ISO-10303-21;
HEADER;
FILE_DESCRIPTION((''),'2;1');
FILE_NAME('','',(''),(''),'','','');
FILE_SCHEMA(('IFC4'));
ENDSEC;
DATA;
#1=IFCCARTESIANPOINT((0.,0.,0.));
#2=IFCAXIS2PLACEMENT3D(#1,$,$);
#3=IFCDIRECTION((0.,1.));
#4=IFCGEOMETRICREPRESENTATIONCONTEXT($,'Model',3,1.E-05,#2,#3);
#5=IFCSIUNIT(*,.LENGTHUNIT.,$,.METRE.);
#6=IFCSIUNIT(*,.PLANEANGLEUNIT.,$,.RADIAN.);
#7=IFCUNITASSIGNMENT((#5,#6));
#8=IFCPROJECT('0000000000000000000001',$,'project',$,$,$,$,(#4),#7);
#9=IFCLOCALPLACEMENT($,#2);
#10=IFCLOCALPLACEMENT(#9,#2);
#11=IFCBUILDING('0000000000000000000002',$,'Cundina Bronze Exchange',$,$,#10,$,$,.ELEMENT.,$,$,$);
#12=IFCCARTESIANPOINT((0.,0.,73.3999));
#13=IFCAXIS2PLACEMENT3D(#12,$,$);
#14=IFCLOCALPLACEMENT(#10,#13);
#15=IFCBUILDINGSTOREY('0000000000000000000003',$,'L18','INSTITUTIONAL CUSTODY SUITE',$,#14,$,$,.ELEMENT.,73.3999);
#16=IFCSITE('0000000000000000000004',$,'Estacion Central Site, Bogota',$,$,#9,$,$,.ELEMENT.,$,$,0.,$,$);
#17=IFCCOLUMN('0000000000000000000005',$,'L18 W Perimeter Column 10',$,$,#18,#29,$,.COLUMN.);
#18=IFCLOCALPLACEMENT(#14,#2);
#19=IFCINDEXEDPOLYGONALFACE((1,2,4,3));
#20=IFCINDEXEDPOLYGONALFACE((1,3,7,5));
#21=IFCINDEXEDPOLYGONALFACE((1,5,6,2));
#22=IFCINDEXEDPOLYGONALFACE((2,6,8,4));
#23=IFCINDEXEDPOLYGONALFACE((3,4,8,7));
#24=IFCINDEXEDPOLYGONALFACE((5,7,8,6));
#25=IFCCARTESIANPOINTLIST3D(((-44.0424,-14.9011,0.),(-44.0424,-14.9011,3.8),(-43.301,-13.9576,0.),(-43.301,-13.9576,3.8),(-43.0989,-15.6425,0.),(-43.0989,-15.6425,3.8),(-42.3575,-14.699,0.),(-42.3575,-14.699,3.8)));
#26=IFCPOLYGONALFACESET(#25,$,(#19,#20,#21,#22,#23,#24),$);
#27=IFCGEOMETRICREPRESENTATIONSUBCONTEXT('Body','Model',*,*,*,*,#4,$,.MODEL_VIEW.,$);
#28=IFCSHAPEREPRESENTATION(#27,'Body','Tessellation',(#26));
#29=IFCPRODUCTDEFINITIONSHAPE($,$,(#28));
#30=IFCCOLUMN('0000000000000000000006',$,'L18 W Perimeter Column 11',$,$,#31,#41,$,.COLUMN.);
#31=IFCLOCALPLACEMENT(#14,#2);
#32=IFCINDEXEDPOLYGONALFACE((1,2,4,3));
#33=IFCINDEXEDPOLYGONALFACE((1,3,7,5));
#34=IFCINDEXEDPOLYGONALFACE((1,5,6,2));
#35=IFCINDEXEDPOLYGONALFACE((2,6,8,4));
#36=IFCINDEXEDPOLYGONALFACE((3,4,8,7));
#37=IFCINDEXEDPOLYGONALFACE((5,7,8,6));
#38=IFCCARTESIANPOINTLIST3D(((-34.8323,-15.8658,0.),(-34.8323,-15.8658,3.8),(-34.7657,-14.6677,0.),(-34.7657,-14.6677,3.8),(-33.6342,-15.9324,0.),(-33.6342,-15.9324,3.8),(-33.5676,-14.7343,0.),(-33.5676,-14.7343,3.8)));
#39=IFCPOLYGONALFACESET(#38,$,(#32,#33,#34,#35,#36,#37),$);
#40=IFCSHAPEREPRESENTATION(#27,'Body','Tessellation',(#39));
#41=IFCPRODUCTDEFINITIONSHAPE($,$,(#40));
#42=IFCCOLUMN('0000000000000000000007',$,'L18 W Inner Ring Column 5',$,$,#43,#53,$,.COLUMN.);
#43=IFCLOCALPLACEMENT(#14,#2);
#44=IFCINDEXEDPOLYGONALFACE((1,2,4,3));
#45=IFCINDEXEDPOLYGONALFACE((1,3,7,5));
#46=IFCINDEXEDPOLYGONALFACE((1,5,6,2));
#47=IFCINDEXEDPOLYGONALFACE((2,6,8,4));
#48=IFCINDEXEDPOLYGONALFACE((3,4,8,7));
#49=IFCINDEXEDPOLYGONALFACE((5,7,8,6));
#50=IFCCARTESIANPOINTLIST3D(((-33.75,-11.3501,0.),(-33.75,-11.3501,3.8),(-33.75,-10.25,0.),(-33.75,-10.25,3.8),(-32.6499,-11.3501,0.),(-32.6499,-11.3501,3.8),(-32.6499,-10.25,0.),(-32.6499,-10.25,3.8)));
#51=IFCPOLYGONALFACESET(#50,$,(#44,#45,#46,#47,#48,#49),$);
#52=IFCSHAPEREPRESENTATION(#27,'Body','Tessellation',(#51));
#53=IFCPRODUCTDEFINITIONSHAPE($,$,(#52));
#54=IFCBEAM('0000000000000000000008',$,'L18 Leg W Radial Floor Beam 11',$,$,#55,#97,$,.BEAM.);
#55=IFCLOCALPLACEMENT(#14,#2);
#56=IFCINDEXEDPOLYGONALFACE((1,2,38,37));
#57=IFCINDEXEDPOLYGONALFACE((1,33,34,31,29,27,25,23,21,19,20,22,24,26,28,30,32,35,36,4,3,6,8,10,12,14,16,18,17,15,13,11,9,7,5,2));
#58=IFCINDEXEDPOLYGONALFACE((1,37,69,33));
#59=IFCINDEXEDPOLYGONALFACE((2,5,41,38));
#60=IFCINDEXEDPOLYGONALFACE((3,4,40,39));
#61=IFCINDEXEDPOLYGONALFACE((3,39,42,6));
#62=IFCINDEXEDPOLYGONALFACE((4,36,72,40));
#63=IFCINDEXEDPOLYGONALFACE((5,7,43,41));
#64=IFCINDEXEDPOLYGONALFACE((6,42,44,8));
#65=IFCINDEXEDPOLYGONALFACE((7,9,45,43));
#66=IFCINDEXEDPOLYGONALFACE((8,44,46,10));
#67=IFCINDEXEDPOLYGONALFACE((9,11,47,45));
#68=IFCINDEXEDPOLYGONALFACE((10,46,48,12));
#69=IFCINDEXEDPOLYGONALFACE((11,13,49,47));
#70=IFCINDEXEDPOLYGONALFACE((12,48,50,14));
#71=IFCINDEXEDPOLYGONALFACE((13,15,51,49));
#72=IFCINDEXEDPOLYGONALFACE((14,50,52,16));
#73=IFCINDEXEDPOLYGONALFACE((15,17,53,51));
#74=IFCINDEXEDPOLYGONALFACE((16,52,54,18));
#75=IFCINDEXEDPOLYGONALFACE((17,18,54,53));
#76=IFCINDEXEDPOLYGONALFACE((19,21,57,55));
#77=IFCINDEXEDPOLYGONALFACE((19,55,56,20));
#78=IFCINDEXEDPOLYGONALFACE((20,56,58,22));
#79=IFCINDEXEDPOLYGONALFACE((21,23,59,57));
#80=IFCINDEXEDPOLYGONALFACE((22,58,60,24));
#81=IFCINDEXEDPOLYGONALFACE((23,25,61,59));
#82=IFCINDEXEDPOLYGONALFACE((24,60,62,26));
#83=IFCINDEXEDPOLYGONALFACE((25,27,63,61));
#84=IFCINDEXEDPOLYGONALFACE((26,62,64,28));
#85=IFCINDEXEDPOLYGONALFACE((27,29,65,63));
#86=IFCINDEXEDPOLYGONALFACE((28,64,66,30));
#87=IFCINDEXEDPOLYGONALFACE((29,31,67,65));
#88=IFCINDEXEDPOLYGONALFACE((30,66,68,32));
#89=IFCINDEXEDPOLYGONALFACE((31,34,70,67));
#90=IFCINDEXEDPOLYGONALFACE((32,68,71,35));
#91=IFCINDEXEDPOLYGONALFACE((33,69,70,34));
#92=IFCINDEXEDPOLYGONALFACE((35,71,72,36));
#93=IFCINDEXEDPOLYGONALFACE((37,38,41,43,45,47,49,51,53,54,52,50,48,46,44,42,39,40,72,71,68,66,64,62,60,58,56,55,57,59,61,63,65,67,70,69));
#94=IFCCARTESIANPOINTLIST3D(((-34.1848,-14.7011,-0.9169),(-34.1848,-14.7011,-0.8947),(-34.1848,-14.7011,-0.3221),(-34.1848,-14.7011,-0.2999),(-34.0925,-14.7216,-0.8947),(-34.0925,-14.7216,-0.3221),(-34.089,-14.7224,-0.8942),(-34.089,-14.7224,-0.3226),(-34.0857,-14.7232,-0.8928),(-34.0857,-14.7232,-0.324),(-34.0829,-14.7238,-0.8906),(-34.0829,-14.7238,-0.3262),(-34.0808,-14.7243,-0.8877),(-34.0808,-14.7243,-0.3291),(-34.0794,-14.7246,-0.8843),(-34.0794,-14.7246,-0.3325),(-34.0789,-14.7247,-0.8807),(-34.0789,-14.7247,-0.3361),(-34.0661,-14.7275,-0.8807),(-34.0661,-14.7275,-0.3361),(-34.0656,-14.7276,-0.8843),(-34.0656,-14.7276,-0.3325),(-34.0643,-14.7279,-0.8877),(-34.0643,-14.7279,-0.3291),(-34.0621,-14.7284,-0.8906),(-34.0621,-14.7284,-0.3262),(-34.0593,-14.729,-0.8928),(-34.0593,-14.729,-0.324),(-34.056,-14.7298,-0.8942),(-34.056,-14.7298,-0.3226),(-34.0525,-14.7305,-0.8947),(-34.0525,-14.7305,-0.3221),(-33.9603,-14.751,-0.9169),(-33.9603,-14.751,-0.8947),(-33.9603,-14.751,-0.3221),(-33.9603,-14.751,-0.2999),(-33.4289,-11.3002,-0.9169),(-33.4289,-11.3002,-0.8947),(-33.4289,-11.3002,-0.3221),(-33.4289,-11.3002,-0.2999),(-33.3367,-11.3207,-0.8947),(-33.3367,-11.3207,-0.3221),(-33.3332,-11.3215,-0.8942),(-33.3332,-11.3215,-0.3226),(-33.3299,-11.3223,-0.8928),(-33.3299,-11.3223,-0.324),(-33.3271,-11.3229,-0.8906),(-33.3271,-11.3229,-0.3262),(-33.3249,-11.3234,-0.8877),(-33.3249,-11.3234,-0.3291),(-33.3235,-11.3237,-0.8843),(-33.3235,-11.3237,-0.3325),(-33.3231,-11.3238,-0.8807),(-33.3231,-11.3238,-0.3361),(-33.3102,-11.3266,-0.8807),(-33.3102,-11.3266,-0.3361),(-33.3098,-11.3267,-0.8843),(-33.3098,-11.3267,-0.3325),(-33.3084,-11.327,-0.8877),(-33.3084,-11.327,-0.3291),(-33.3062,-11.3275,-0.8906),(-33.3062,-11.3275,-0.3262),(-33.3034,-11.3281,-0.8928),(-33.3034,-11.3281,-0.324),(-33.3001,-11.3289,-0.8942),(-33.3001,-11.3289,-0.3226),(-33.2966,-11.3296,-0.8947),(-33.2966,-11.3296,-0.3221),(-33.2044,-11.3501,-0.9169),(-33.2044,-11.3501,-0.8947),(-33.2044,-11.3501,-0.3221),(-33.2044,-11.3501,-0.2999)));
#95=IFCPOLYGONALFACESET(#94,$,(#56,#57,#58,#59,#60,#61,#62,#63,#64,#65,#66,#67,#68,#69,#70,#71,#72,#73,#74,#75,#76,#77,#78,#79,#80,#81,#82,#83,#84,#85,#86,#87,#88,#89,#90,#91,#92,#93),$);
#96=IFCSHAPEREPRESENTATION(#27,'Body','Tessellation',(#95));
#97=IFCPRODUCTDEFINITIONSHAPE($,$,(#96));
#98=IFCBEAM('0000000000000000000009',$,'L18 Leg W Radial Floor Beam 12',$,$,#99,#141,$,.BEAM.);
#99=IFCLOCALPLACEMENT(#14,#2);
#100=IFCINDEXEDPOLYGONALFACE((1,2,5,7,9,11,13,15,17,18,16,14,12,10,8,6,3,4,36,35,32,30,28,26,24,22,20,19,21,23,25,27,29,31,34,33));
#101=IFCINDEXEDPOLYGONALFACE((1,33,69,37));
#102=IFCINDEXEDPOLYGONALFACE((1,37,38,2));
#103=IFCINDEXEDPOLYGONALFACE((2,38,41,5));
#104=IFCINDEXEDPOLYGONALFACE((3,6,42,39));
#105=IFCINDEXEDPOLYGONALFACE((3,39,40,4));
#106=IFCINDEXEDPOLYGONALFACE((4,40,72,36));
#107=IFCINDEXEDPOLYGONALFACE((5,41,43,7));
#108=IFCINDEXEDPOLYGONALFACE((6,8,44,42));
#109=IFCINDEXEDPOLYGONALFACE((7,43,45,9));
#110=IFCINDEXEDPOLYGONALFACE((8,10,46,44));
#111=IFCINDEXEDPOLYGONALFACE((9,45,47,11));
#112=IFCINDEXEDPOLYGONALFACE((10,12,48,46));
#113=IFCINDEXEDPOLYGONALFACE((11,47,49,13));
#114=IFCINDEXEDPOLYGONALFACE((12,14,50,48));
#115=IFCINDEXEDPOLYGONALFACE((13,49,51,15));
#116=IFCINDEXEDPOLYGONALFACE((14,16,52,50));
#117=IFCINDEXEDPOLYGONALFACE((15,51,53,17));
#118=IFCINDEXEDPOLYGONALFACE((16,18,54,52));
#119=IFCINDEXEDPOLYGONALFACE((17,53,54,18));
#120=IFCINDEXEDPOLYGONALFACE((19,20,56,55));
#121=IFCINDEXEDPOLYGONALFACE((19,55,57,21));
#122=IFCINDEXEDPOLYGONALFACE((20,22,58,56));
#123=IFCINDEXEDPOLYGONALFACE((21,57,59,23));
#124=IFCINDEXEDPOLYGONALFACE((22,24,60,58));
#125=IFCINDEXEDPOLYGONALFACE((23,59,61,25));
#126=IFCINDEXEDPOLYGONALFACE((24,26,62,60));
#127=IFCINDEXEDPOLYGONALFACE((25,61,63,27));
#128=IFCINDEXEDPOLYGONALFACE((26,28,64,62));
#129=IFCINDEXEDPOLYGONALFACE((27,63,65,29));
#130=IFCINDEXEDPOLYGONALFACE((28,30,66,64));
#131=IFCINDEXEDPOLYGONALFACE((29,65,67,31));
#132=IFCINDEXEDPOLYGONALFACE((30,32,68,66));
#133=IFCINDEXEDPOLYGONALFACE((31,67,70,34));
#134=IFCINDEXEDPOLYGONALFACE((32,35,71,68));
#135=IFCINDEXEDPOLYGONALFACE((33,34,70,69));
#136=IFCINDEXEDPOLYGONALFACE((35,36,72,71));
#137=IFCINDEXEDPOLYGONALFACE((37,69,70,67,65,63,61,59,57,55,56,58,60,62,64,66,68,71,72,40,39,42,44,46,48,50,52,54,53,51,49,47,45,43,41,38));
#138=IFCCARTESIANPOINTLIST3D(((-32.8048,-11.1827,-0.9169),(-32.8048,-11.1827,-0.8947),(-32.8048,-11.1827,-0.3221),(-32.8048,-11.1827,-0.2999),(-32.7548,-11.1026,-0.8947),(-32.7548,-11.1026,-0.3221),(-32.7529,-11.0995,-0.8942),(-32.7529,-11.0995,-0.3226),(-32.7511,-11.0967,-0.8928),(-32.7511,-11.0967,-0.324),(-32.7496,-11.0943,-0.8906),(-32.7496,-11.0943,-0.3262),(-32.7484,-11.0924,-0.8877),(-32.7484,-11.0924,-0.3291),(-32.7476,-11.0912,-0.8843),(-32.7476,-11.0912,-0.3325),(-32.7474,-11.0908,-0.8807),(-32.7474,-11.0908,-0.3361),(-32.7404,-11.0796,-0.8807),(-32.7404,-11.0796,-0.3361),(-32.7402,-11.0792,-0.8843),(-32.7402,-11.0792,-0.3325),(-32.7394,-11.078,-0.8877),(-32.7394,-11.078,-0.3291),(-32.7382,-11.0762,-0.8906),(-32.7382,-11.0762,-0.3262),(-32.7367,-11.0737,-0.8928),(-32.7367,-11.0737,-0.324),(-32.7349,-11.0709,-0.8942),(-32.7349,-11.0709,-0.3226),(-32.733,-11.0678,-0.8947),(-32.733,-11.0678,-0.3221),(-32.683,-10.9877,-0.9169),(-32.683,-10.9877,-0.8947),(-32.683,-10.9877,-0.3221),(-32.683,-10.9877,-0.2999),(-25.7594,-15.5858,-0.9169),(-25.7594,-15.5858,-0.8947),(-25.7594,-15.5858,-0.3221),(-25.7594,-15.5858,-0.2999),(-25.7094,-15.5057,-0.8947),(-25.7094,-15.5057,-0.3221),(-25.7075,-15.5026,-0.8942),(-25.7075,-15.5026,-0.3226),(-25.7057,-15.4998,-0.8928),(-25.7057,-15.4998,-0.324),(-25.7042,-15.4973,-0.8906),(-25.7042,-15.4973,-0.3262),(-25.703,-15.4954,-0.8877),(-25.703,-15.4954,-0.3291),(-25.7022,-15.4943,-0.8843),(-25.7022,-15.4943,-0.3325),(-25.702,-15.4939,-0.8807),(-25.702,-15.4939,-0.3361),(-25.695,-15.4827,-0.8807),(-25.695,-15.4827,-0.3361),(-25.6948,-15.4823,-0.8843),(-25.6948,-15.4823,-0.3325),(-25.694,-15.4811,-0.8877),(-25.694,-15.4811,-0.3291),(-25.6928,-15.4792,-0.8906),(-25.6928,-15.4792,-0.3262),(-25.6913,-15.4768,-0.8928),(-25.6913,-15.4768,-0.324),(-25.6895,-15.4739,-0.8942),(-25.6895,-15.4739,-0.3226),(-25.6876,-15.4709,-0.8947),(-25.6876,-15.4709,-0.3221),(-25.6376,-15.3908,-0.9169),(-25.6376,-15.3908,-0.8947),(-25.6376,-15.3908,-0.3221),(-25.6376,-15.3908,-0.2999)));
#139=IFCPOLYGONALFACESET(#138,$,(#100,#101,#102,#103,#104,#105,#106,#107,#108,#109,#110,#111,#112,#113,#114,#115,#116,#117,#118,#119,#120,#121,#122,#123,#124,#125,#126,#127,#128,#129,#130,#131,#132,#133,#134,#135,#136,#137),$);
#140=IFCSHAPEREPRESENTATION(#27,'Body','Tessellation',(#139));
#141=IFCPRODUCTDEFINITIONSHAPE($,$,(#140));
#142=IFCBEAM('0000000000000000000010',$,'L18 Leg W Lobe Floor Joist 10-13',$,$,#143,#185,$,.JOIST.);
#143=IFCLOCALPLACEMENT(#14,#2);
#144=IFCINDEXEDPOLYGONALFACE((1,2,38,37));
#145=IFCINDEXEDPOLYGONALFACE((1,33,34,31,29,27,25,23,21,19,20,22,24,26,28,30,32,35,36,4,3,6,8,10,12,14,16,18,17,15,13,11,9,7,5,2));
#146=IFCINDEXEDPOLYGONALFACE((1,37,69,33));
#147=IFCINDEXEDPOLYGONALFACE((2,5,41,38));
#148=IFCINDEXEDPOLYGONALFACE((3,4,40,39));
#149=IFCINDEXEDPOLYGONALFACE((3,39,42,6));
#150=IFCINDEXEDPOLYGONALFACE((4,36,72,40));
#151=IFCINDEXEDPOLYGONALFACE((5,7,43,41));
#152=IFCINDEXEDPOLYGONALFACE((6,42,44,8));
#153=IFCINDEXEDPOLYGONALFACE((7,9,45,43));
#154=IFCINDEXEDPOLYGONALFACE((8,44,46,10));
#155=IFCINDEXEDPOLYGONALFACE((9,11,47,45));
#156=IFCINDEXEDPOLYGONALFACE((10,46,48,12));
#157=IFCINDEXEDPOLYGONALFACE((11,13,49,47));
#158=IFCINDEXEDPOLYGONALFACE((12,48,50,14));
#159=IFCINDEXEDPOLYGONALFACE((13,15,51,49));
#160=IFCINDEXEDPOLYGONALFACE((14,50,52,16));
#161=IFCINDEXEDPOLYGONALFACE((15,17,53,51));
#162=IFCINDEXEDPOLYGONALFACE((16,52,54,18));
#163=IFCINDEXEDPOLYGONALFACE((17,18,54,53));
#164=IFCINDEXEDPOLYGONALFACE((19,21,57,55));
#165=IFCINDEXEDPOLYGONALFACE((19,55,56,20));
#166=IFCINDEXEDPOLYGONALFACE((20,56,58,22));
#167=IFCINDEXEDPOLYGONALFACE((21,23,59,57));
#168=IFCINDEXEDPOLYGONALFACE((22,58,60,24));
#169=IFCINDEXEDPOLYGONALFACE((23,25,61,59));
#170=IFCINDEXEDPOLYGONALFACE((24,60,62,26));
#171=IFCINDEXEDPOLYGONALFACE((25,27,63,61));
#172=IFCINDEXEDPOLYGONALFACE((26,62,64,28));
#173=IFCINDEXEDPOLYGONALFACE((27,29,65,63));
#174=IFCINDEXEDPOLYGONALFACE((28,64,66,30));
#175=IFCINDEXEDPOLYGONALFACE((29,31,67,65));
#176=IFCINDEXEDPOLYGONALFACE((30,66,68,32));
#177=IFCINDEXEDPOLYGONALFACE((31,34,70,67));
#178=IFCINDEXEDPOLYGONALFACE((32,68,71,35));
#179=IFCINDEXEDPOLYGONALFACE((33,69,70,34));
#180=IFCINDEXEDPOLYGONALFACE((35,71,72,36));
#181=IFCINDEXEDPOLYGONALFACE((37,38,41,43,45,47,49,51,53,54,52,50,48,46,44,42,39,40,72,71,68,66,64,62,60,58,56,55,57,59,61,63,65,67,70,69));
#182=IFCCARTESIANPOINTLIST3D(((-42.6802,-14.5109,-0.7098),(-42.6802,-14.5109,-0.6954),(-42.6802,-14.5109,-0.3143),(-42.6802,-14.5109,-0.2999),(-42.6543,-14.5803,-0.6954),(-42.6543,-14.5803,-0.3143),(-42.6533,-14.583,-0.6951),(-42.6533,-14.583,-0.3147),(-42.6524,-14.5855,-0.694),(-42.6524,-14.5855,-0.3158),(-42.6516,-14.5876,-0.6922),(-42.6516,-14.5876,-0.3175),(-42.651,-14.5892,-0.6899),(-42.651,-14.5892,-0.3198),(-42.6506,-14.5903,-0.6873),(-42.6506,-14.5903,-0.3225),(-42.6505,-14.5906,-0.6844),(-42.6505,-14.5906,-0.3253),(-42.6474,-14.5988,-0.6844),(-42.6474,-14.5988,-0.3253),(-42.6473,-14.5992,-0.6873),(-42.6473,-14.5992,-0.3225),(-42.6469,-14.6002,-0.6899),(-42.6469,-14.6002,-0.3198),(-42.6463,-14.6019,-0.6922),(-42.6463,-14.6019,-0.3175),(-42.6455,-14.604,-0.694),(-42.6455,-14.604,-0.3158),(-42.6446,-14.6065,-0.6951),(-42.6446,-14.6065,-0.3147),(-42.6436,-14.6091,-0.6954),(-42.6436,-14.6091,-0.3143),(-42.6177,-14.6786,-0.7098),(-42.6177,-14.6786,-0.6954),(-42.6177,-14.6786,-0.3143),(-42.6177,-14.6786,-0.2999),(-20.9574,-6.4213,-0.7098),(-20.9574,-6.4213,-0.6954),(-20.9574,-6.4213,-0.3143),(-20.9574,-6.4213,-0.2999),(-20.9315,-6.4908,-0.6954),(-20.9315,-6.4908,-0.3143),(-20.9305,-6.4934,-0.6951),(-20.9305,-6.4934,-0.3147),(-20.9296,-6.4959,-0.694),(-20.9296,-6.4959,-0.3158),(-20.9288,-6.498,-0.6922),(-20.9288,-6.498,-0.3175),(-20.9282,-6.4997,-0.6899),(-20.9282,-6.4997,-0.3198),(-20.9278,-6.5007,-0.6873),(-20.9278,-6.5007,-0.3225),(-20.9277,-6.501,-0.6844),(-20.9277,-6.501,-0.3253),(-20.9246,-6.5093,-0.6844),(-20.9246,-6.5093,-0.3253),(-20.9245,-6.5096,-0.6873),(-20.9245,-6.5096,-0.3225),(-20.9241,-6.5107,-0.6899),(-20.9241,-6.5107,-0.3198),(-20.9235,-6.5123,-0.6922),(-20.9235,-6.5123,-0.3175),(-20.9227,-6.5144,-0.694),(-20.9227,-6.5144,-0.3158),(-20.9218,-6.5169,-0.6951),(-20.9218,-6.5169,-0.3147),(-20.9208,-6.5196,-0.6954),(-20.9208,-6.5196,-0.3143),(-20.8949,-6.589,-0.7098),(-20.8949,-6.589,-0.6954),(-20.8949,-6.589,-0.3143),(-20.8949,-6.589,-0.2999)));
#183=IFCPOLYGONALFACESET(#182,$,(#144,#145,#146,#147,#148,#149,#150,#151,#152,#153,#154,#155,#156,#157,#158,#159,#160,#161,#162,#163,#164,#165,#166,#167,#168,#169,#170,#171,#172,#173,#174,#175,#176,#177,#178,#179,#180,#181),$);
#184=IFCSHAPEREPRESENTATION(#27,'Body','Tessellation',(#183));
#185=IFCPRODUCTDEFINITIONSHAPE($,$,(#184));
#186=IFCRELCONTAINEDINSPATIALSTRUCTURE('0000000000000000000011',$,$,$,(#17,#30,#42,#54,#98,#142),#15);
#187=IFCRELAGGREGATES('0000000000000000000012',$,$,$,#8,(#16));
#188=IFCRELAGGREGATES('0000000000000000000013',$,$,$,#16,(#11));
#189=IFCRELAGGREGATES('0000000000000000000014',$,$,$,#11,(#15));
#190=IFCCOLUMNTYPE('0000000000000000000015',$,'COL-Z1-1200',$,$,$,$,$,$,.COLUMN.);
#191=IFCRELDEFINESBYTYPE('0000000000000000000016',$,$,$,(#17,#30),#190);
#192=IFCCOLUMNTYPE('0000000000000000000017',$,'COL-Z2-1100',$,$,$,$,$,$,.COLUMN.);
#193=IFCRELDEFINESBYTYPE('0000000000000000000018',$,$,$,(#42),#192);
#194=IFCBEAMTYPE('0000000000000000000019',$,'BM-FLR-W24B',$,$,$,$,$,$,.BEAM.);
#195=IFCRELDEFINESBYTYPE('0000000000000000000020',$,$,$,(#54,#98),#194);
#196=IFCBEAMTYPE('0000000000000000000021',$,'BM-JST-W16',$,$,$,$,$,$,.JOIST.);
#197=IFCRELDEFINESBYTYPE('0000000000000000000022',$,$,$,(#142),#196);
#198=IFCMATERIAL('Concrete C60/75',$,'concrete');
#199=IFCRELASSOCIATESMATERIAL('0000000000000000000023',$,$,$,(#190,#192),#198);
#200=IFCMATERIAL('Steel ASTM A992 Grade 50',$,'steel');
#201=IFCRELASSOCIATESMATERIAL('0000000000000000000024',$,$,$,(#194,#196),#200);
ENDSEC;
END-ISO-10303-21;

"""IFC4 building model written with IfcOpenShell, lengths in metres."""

from ifc_helpers import new_model, si_unit, direction, frame, origin, origin_2d, place, context, subcontext, project, spatial, rectangle, i_section, extrude, material, material_profile, profile_set, type_object, element, save


model = new_model("IFC4")

# Units and contexts
model_context = context("Model", 3, precision=1e-05, world=origin(), true_north=direction((0.0, 1.0)))
body_context = subcontext(model_context, "Body", "Model", "MODEL_VIEW")
ifc_project = project(units=[si_unit("LENGTHUNIT", "METRE"), si_unit("PLANEANGLEUNIT", "RADIAN")], contexts=[model_context])

# Site, building, storey
site_placement = place(None, origin())
site = spatial("IfcSite", under=ifc_project, at=site_placement, Name="Estacion Central Site, Bogota", CompositionType="ELEMENT", RefElevation=0.0)
building_placement = place(site_placement, origin())
building = spatial("IfcBuilding", under=site, at=building_placement, Name="Cundina Bronze Exchange", CompositionType="ELEMENT")
storey_placement = place(building_placement, frame((0.0, 0.0, 73.3999)))
storey = spatial("IfcBuildingStorey", under=building, at=storey_placement, Name="L18", Description="INSTITUTIONAL CUSTODY SUITE", CompositionType="ELEMENT", Elevation=73.3999)

# Columns
ifc_material_1 = material(Name="Concrete C60/75", Category="concrete")
ifc_material_profile_1 = material_profile(ifc_material_1, rectangle(XDim=1.2, YDim=1.2, at=origin_2d()), Name="RC1200X1200", Category="concrete")
ifc_profile_set_1 = profile_set([ifc_material_profile_1], Name="Concrete C60/75")
column_type_1 = type_object("IfcColumnType", Name="COL-Z1-1200", PredefinedType="COLUMN", material=ifc_profile_set_1)
for number, where, z_axis, x_axis, name in (
    (1, (-43.2, -14.8, 0.0), (0.0, 0.0, 1.0), (0.786288, -0.61786, 0.0), "L18 W Perimeter Column 10"),
    (2, (-34.2, -15.3, 0.0), (0.0, 0.0, 1.0), (0.99846, -0.055473, 0.0), "L18 W Perimeter Column 11"),
):
    element("IfcColumn", number, at=place(storey_placement, frame(where, z_axis=z_axis, x_axis=x_axis)), inside=storey, type_object=column_type_1, Name=name, PredefinedType="COLUMN", context=body_context, shape_type="SweptSolid", body=[
        extrude(rectangle(XDim=1.2, YDim=1.2, at=origin_2d()), origin(), (0.0, 0.0, 1.0), 3.8),
    ])
ifc_material_profile_2 = material_profile(ifc_material_1, rectangle(XDim=1.1001, YDim=1.1001, at=origin_2d()), Name="RC1100X1100", Category="concrete")
ifc_profile_set_2 = profile_set([ifc_material_profile_2], Name="Concrete C60/75")
column_type_2 = type_object("IfcColumnType", Name="COL-Z2-1100", PredefinedType="COLUMN", material=ifc_profile_set_2)
column_placement = place(storey_placement, frame((-33.2, -10.8, 0.0), z_axis=(0.0, 0.0, 1.0), x_axis=(1.0, 0.0, 0.0)))
element("IfcColumn", 3, at=column_placement, inside=storey, type_object=column_type_2, Name="L18 W Inner Ring Column 5", PredefinedType="COLUMN", context=body_context, shape_type="SweptSolid", body=[
    extrude(rectangle(XDim=1.1001, YDim=1.1001, at=origin_2d()), origin(), (0.0, 0.0, 1.0), 3.8),
])

# Beams
ifc_material_2 = material(Name="Steel ASTM A992 Grade 50", Category="steel")
ifc_material_profile_3 = material_profile(ifc_material_2, i_section(OverallWidth=0.23, OverallDepth=0.6169, WebThickness=0.0132, FlangeThickness=0.0222, FilletRadius=0.0139, at=origin_2d()), Name="W24X94", Category="steel")
ifc_profile_set_3 = profile_set([ifc_material_profile_3], Name="Steel ASTM A992 Grade 50")
beam_type_1 = type_object("IfcBeamType", Name="BM-FLR-W24B", PredefinedType="BEAM", material=ifc_profile_set_3)
beam_1_placement = place(storey_placement, frame((-33.3167, -11.3252, -0.6084), z_axis=(-0.21696, -0.97618, 0.0), x_axis=(0.97618, -0.21696, 0.0)))
element("IfcBeam", 4, at=beam_1_placement, inside=storey, type_object=beam_type_1, Name="L18 Leg W Radial Floor Beam 11", PredefinedType="BEAM", context=body_context, shape_type="SweptSolid", body=[
    extrude(i_section(OverallWidth=0.23, OverallDepth=0.6169, WebThickness=0.0132, FlangeThickness=0.0222, FilletRadius=0.0139, at=origin_2d()), origin(), (0.0, 0.0, 1.0), 3.4839),
])
beam_2_placement = place(storey_placement, frame((-32.7439, -11.0852, -0.6084), z_axis=(0.848015, -0.529973, 0.0), x_axis=(0.529973, 0.848015, 0.0)))
element("IfcBeam", 5, at=beam_2_placement, inside=storey, type_object=beam_type_1, Name="L18 Leg W Radial Floor Beam 12", PredefinedType="BEAM", context=body_context, shape_type="SweptSolid", body=[
    extrude(i_section(OverallWidth=0.23, OverallDepth=0.6169, WebThickness=0.0132, FlangeThickness=0.0222, FilletRadius=0.0139, at=origin_2d()), origin(), (0.0, 0.0, 1.0), 8.3081),
])
ifc_material_profile_4 = material_profile(ifc_material_2, i_section(OverallWidth=0.179, OverallDepth=0.4099, WebThickness=0.0088, FlangeThickness=0.0144, FilletRadius=0.011, at=origin_2d()), Name="W16X45", Category="steel")
ifc_profile_set_4 = profile_set([ifc_material_profile_4], Name="Steel ASTM A992 Grade 50")
beam_type_2 = type_object("IfcBeamType", Name="BM-JST-W16", PredefinedType="JOIST", material=ifc_profile_set_4)
beam_3_placement = place(storey_placement, frame((-42.6489, -14.5947, -0.5049), z_axis=(0.937128, 0.348986, 0.0), x_axis=(-0.348986, 0.937128, 0.0)))
element("IfcBeam", 6, at=beam_3_placement, inside=storey, type_object=beam_type_2, Name="L18 Leg W Lobe Floor Joist 10-13", PredefinedType="JOIST", context=body_context, shape_type="SweptSolid", body=[
    extrude(i_section(OverallWidth=0.179, OverallDepth=0.4099, WebThickness=0.0088, FlangeThickness=0.0144, FilletRadius=0.011, at=origin_2d()), origin(), (0.0, 0.0, 1.0), 23.1802),
])

save(model, "model.ifc")
